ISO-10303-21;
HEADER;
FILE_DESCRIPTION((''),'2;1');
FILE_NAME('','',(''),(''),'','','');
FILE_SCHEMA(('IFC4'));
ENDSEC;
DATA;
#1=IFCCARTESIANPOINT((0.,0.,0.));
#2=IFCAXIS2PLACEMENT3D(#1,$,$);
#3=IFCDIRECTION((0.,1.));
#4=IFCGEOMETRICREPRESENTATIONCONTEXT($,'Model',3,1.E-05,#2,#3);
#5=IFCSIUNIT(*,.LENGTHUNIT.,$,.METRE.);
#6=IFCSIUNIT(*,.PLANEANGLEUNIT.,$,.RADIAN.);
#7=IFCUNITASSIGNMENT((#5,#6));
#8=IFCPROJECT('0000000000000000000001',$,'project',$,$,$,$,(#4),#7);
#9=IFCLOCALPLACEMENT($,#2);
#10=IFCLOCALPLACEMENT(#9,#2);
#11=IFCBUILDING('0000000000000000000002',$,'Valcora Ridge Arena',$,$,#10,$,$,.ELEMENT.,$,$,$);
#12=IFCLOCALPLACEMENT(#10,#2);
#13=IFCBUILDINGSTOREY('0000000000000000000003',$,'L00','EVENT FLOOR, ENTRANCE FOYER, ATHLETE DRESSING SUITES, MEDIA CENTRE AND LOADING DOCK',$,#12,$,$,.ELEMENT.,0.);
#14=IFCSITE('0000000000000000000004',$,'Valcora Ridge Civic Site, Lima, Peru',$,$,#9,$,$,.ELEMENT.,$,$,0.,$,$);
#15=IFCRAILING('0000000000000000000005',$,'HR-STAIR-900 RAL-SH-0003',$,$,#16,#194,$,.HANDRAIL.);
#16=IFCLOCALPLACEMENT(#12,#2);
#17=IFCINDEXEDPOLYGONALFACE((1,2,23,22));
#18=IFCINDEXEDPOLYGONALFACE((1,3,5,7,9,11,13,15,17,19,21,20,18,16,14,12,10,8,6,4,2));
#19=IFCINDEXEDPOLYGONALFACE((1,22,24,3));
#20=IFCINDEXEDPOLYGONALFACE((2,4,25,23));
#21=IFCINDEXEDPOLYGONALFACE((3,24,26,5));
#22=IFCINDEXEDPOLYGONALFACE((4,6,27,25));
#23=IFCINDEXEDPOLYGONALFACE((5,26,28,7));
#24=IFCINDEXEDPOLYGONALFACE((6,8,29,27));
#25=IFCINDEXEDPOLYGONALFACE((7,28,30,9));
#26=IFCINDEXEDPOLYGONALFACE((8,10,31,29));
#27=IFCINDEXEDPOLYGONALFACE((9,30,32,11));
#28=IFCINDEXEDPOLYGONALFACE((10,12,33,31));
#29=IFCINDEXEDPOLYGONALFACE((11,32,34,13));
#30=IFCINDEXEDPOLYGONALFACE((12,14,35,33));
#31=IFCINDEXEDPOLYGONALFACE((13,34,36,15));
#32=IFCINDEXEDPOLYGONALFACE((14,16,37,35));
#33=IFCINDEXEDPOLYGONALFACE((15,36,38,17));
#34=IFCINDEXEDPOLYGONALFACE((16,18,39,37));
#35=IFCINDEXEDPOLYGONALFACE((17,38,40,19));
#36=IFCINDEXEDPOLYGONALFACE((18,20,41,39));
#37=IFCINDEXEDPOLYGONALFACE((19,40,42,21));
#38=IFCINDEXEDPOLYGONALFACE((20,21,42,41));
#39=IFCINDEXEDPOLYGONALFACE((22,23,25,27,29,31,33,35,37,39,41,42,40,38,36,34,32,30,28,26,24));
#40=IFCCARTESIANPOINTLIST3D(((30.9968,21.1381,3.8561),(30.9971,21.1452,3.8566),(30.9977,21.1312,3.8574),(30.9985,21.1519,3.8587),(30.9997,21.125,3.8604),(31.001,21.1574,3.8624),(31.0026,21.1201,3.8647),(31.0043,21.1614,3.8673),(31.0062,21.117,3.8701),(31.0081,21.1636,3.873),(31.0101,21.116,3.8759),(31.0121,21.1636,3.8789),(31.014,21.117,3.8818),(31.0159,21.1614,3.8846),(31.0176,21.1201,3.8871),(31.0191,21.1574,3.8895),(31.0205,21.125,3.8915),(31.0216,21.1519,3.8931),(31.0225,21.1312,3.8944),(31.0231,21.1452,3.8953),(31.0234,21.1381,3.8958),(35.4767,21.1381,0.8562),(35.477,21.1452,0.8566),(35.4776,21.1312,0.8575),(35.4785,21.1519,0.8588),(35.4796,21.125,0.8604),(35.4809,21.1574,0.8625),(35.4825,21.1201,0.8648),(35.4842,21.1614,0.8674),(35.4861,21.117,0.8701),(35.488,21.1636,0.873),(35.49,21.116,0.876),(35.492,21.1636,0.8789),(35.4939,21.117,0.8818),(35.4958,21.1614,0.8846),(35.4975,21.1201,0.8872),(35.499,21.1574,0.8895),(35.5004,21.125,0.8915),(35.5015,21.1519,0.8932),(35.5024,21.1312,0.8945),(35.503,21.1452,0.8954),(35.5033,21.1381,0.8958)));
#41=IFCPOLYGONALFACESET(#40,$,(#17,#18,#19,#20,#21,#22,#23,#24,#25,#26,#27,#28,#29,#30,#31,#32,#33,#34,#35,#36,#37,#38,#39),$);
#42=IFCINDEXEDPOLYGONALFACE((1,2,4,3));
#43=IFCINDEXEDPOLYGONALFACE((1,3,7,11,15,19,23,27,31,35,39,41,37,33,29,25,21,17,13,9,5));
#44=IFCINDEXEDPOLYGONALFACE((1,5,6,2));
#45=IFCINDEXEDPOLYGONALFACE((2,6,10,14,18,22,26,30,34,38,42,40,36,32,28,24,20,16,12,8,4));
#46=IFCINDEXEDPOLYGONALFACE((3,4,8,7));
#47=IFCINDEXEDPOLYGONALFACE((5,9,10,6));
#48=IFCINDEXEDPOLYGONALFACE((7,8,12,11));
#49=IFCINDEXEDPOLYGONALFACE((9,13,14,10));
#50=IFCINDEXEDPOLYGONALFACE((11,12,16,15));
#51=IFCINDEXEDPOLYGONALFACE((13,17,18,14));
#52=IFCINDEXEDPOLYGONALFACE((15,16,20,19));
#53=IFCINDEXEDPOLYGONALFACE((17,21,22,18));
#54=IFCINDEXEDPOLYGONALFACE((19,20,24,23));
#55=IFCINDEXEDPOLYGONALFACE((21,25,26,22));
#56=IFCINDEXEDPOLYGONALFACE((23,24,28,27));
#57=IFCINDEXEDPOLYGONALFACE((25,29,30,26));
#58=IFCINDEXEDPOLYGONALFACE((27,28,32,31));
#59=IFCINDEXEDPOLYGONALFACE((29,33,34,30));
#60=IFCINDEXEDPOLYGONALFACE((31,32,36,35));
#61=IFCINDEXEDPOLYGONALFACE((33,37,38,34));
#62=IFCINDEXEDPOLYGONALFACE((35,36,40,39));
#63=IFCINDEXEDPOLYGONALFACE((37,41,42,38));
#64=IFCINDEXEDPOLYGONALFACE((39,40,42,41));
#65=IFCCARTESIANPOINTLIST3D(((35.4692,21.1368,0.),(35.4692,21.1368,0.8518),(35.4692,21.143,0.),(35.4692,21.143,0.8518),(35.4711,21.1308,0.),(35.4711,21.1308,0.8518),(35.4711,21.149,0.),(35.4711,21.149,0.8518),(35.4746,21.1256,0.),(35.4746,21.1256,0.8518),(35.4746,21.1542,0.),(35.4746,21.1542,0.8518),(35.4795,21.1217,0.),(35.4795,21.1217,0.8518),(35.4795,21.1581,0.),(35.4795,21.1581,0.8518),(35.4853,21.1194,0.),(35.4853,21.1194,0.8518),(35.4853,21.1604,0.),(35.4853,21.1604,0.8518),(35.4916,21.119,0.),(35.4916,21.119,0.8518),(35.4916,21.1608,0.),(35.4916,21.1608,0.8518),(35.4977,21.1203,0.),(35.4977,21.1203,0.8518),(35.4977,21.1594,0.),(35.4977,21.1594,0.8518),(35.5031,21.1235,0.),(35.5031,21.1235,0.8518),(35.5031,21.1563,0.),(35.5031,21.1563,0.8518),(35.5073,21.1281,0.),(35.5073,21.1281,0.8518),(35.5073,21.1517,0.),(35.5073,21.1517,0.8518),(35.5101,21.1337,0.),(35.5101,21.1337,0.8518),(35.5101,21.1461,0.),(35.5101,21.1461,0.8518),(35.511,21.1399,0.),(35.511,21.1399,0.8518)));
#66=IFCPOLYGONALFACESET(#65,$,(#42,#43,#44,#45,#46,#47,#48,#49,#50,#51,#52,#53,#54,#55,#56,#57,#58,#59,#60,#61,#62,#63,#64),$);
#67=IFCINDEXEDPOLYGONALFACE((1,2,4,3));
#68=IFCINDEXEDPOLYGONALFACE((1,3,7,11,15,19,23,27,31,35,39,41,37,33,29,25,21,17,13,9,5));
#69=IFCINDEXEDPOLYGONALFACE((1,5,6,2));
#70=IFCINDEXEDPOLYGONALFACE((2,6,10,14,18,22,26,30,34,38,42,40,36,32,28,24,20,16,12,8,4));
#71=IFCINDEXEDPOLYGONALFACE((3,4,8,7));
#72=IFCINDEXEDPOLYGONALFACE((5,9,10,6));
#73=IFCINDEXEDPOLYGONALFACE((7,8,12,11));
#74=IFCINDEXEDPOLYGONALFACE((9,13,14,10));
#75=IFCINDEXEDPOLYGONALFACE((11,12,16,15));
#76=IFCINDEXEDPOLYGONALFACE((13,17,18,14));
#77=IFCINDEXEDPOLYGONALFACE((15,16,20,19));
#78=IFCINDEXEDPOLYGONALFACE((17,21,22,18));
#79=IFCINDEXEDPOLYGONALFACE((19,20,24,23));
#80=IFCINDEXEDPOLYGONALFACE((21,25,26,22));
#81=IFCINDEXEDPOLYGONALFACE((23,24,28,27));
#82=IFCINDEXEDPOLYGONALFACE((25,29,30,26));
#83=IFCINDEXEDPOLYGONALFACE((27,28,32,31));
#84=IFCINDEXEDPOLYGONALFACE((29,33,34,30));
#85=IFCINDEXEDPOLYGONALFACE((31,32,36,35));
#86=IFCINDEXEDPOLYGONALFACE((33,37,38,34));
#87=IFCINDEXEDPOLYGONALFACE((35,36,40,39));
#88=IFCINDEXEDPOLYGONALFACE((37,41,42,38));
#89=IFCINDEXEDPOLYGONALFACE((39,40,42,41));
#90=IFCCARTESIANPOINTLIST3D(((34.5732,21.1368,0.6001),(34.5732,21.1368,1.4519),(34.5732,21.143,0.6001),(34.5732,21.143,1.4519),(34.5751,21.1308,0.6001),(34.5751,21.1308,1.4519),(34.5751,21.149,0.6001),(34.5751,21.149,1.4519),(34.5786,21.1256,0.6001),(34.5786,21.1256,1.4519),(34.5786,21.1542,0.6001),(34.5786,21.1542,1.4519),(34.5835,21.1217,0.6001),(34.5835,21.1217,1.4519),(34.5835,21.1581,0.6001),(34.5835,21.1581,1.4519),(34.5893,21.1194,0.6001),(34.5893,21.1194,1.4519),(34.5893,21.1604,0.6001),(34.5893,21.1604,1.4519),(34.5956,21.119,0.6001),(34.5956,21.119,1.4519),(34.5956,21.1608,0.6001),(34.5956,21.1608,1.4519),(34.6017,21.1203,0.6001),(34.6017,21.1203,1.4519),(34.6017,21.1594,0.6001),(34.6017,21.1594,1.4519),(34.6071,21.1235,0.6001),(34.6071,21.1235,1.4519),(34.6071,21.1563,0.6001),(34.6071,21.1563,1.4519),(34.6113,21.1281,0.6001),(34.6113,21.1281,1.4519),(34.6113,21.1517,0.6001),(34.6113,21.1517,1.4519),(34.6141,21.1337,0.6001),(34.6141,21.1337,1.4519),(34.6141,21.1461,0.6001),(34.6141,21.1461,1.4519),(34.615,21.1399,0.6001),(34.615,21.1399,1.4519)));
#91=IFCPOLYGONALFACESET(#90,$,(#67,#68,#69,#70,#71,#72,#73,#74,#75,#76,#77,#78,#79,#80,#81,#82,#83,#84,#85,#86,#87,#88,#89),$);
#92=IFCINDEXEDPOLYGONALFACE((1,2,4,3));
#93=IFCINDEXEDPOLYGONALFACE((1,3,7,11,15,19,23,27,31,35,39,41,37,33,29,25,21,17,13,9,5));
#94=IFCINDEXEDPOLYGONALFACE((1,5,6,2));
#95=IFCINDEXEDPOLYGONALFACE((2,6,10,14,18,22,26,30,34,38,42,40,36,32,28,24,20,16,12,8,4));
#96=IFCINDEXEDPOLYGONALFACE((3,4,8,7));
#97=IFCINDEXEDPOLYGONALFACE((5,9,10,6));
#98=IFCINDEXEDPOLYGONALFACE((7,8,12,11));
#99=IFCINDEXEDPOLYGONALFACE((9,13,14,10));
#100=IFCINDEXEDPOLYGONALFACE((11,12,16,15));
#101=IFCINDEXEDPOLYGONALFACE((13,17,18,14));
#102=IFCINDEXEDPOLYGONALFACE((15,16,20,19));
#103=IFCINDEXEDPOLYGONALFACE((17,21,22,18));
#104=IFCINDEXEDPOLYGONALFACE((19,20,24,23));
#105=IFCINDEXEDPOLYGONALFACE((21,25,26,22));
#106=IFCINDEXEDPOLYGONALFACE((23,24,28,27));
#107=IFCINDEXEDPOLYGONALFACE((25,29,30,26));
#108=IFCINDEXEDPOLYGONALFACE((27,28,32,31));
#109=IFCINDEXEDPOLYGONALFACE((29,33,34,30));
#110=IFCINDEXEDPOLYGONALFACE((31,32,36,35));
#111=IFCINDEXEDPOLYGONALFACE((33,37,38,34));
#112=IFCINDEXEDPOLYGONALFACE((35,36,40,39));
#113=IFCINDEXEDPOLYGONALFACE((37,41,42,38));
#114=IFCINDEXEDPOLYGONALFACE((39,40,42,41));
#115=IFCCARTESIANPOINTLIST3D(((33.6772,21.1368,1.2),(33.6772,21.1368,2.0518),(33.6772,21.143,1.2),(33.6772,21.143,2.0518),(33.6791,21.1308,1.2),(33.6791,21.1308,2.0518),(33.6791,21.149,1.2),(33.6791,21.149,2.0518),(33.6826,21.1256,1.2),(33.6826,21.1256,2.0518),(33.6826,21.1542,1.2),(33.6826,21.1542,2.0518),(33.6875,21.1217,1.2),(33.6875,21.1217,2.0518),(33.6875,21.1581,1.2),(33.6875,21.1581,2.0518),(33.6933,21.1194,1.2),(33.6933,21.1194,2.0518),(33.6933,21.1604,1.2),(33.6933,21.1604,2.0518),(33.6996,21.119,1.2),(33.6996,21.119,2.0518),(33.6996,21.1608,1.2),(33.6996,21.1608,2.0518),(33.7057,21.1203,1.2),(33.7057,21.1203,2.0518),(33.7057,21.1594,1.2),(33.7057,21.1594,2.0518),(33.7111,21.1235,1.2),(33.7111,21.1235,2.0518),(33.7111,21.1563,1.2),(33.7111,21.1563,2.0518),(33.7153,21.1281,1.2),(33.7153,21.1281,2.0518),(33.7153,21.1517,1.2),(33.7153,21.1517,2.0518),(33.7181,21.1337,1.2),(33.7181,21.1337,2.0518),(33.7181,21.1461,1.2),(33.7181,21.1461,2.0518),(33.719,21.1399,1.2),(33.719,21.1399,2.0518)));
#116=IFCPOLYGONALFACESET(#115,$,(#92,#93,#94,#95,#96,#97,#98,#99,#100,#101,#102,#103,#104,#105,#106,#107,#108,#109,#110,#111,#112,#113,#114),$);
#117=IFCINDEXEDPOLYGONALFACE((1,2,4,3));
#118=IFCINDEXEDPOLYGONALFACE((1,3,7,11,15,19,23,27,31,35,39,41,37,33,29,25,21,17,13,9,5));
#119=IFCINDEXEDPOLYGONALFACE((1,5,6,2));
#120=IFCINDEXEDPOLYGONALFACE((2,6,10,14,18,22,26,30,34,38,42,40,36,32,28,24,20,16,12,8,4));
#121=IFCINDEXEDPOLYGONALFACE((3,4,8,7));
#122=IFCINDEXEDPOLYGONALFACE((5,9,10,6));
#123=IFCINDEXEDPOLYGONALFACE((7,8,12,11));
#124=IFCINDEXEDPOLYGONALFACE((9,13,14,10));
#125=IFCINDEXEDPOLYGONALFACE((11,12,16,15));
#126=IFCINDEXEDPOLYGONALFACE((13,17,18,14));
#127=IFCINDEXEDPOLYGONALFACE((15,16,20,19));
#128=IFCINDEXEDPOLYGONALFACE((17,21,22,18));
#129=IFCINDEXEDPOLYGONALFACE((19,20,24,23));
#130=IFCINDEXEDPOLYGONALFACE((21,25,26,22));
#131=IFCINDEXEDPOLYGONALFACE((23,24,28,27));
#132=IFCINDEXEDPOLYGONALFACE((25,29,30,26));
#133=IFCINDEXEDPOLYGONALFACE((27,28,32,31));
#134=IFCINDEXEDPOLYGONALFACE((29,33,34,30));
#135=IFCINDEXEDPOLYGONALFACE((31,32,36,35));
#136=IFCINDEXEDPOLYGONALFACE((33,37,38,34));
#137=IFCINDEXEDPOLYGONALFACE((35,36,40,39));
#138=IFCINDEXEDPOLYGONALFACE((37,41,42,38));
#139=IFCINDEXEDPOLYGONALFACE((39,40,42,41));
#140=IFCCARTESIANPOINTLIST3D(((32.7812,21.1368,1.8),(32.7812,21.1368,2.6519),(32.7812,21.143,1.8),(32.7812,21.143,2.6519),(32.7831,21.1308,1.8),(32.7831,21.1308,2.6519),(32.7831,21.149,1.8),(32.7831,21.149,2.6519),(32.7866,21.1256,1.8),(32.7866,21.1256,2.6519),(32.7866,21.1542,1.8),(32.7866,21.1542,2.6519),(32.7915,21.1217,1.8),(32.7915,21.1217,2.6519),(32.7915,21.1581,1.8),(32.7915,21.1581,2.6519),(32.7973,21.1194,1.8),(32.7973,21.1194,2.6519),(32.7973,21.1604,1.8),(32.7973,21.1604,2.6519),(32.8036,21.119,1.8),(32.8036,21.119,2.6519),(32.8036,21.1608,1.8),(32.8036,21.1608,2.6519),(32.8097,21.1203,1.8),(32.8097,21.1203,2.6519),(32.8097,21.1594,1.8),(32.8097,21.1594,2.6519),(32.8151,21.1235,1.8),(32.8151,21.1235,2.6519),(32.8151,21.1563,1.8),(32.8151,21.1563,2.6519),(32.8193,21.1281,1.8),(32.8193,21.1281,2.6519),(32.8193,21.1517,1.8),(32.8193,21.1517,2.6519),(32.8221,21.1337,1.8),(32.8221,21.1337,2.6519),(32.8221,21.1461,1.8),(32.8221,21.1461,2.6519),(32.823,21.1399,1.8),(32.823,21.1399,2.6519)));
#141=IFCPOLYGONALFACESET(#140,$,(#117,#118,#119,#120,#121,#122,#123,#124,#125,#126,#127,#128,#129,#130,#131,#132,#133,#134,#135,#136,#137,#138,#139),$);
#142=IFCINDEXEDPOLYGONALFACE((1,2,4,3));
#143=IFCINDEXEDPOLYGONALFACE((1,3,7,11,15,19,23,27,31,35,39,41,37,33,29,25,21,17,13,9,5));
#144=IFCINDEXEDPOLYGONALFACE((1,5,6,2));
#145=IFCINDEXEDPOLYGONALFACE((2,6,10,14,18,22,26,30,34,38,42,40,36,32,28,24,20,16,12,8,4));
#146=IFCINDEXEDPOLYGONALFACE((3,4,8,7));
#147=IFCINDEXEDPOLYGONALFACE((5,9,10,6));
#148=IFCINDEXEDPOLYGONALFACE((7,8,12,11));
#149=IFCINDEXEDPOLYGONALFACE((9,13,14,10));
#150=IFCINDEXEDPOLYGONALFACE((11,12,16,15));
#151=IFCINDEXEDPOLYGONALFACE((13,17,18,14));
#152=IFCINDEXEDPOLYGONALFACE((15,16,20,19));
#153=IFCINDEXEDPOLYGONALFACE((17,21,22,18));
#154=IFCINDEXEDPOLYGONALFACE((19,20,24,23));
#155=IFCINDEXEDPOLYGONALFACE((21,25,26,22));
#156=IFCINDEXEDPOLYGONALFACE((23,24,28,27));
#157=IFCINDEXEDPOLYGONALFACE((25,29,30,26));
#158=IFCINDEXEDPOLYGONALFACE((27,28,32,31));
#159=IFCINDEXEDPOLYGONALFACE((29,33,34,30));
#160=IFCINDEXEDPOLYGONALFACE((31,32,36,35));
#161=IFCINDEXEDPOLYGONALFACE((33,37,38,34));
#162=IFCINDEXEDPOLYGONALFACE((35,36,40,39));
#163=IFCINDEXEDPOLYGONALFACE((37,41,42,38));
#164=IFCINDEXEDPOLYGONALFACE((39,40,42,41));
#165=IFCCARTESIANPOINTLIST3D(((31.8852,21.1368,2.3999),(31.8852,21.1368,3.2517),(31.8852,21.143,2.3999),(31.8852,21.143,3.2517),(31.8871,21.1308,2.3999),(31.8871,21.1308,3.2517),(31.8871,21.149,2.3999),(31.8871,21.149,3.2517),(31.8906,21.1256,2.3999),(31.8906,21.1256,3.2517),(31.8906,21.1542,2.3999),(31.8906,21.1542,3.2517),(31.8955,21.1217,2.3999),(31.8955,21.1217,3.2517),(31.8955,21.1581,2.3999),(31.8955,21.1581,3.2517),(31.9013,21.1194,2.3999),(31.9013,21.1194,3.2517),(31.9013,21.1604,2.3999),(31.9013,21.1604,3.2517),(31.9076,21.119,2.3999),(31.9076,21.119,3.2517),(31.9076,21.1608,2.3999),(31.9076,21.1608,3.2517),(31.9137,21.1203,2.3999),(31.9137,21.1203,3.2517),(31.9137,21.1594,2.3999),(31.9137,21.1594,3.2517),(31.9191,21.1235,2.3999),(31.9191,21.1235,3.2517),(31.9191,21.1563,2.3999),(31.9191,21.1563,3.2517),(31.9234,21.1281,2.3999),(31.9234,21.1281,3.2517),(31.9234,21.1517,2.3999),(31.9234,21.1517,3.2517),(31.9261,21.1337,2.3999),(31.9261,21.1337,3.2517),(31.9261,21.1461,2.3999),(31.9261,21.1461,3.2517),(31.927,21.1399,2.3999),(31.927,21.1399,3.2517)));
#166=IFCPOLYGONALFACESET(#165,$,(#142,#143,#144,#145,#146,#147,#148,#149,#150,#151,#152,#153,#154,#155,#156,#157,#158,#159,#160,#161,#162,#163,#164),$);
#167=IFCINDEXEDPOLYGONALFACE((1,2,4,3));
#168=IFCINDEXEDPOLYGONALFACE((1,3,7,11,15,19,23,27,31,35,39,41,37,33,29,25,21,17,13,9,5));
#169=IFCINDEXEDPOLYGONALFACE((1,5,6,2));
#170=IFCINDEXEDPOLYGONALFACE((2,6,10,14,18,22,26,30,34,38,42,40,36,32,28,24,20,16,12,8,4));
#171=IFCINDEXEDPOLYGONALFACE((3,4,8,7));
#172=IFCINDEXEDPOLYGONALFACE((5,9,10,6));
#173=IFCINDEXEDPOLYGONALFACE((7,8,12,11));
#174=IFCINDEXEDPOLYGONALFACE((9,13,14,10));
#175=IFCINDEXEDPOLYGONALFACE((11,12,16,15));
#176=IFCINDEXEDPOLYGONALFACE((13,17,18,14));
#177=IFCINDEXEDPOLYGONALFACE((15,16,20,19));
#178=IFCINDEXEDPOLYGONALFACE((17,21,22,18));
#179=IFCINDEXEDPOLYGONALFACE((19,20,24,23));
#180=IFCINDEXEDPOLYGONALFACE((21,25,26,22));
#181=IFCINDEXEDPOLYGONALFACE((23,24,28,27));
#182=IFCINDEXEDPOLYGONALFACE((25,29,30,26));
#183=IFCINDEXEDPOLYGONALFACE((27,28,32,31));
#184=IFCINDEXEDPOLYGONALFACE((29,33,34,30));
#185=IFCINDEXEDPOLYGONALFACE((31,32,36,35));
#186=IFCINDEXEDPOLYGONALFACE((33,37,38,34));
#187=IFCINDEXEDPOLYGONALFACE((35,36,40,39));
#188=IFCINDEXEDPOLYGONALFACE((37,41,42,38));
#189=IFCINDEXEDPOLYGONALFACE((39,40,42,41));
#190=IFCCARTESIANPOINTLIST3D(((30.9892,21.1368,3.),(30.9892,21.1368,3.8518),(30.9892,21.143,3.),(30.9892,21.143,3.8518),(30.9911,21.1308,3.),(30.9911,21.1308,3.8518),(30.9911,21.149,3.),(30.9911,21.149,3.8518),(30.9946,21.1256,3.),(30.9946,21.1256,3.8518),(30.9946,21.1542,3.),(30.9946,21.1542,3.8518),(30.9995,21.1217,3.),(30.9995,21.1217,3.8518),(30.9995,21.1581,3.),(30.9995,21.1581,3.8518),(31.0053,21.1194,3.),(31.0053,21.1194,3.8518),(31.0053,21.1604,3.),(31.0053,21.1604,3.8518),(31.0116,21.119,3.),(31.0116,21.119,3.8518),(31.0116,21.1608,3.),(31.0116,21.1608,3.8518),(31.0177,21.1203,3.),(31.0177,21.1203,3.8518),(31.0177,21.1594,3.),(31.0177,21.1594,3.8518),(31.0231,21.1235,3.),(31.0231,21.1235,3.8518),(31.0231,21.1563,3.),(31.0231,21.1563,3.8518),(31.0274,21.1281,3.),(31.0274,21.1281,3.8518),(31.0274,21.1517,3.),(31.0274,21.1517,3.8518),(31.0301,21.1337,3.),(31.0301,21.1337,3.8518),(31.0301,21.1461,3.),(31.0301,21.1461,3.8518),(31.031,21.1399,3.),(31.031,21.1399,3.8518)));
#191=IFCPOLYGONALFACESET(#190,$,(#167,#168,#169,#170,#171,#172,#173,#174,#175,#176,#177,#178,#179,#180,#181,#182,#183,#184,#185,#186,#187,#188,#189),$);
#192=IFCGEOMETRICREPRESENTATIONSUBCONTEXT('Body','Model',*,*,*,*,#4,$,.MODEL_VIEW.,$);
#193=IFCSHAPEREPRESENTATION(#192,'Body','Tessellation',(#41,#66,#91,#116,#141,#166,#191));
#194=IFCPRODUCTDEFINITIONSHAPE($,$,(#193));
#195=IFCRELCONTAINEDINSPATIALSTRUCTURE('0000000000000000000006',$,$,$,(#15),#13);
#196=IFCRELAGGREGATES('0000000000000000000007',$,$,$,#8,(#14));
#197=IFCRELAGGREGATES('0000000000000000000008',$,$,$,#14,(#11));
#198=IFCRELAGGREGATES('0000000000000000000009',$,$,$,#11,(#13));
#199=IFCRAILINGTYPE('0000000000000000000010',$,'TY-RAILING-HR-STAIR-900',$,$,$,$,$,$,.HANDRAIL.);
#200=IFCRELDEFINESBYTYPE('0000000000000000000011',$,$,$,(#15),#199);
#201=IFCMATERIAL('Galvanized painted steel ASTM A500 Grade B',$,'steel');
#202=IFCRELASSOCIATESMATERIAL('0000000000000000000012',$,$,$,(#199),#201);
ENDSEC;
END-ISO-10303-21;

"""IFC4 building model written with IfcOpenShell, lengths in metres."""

from ifc_helpers import new_model, si_unit, direction, frame, origin, origin_2d, place, context, subcontext, project, spatial, circle, extrude, material, type_object, element, save


model = new_model("IFC4")

# Units and contexts
model_context = context("Model", 3, precision=1e-05, world=origin(), true_north=direction((0.0, 1.0)))
body_context = subcontext(model_context, "Body", "Model", "MODEL_VIEW")
ifc_project = project(units=[si_unit("LENGTHUNIT", "METRE"), si_unit("PLANEANGLEUNIT", "RADIAN")], contexts=[model_context])

# Site, building, storey
site_placement = place(None, origin())
site = spatial("IfcSite", under=ifc_project, at=site_placement, Name="Valcora Ridge Civic Site, Lima, Peru", CompositionType="ELEMENT", RefElevation=0.0)
building_placement = place(site_placement, origin())
building = spatial("IfcBuilding", under=site, at=building_placement, Name="Valcora Ridge Arena", CompositionType="ELEMENT")
storey_placement = place(building_placement, origin())
storey = spatial("IfcBuildingStorey", under=building, at=storey_placement, Name="L00", Description="EVENT FLOOR, ENTRANCE FOYER, ATHLETE DRESSING SUITES, MEDIA CENTRE AND LOADING DOCK", CompositionType="ELEMENT", Elevation=0.0)

# Railing
ifc_material_1 = material(Name="Galvanized painted steel ASTM A500 Grade B", Category="steel")
railing_type_1 = type_object("IfcRailingType", Name="TY-RAILING-HR-STAIR-900", PredefinedType="HANDRAIL", material=ifc_material_1)
railing_1_placement = place(storey_placement, frame((35.49, 21.1399, 0.0)))
element("IfcRailing", 1, at=railing_1_placement, inside=storey, type_object=railing_type_1, Name="HR-STAIR-900 RAL-SH-0003", PredefinedType="HANDRAIL", context=body_context, shape_type="SweptSolid", body=[
    extrude(circle(Radius=0.0239, at=origin_2d()), frame((0.0, 0.0, 0.876), z_axis=(-0.830906, 0.0, 0.556413), x_axis=(0.0, -1.0, 0.0)), (0.0, 0.0, 1.0), 5.3916),
    extrude(circle(Radius=0.021, at=origin_2d()), origin(), (0.0, 0.0, 1.0), 0.8518),
    extrude(circle(Radius=0.021, at=origin_2d()), frame((-0.896, 0.0, 0.6001)), (0.0, 0.0, 1.0), 0.8518),
    extrude(circle(Radius=0.021, at=origin_2d()), frame((-1.792, 0.0, 1.2)), (0.0, 0.0, 1.0), 0.8518),
    extrude(circle(Radius=0.021, at=origin_2d()), frame((-2.688, 0.0, 1.8)), (0.0, 0.0, 1.0), 0.8518),
    extrude(circle(Radius=0.021, at=origin_2d()), frame((-3.584, 0.0, 2.3999)), (0.0, 0.0, 1.0), 0.8518),
    extrude(circle(Radius=0.021, at=origin_2d()), frame((-4.48, 0.0, 3.0)), (0.0, 0.0, 1.0), 0.8518),
])

save(model, "model.ifc")
